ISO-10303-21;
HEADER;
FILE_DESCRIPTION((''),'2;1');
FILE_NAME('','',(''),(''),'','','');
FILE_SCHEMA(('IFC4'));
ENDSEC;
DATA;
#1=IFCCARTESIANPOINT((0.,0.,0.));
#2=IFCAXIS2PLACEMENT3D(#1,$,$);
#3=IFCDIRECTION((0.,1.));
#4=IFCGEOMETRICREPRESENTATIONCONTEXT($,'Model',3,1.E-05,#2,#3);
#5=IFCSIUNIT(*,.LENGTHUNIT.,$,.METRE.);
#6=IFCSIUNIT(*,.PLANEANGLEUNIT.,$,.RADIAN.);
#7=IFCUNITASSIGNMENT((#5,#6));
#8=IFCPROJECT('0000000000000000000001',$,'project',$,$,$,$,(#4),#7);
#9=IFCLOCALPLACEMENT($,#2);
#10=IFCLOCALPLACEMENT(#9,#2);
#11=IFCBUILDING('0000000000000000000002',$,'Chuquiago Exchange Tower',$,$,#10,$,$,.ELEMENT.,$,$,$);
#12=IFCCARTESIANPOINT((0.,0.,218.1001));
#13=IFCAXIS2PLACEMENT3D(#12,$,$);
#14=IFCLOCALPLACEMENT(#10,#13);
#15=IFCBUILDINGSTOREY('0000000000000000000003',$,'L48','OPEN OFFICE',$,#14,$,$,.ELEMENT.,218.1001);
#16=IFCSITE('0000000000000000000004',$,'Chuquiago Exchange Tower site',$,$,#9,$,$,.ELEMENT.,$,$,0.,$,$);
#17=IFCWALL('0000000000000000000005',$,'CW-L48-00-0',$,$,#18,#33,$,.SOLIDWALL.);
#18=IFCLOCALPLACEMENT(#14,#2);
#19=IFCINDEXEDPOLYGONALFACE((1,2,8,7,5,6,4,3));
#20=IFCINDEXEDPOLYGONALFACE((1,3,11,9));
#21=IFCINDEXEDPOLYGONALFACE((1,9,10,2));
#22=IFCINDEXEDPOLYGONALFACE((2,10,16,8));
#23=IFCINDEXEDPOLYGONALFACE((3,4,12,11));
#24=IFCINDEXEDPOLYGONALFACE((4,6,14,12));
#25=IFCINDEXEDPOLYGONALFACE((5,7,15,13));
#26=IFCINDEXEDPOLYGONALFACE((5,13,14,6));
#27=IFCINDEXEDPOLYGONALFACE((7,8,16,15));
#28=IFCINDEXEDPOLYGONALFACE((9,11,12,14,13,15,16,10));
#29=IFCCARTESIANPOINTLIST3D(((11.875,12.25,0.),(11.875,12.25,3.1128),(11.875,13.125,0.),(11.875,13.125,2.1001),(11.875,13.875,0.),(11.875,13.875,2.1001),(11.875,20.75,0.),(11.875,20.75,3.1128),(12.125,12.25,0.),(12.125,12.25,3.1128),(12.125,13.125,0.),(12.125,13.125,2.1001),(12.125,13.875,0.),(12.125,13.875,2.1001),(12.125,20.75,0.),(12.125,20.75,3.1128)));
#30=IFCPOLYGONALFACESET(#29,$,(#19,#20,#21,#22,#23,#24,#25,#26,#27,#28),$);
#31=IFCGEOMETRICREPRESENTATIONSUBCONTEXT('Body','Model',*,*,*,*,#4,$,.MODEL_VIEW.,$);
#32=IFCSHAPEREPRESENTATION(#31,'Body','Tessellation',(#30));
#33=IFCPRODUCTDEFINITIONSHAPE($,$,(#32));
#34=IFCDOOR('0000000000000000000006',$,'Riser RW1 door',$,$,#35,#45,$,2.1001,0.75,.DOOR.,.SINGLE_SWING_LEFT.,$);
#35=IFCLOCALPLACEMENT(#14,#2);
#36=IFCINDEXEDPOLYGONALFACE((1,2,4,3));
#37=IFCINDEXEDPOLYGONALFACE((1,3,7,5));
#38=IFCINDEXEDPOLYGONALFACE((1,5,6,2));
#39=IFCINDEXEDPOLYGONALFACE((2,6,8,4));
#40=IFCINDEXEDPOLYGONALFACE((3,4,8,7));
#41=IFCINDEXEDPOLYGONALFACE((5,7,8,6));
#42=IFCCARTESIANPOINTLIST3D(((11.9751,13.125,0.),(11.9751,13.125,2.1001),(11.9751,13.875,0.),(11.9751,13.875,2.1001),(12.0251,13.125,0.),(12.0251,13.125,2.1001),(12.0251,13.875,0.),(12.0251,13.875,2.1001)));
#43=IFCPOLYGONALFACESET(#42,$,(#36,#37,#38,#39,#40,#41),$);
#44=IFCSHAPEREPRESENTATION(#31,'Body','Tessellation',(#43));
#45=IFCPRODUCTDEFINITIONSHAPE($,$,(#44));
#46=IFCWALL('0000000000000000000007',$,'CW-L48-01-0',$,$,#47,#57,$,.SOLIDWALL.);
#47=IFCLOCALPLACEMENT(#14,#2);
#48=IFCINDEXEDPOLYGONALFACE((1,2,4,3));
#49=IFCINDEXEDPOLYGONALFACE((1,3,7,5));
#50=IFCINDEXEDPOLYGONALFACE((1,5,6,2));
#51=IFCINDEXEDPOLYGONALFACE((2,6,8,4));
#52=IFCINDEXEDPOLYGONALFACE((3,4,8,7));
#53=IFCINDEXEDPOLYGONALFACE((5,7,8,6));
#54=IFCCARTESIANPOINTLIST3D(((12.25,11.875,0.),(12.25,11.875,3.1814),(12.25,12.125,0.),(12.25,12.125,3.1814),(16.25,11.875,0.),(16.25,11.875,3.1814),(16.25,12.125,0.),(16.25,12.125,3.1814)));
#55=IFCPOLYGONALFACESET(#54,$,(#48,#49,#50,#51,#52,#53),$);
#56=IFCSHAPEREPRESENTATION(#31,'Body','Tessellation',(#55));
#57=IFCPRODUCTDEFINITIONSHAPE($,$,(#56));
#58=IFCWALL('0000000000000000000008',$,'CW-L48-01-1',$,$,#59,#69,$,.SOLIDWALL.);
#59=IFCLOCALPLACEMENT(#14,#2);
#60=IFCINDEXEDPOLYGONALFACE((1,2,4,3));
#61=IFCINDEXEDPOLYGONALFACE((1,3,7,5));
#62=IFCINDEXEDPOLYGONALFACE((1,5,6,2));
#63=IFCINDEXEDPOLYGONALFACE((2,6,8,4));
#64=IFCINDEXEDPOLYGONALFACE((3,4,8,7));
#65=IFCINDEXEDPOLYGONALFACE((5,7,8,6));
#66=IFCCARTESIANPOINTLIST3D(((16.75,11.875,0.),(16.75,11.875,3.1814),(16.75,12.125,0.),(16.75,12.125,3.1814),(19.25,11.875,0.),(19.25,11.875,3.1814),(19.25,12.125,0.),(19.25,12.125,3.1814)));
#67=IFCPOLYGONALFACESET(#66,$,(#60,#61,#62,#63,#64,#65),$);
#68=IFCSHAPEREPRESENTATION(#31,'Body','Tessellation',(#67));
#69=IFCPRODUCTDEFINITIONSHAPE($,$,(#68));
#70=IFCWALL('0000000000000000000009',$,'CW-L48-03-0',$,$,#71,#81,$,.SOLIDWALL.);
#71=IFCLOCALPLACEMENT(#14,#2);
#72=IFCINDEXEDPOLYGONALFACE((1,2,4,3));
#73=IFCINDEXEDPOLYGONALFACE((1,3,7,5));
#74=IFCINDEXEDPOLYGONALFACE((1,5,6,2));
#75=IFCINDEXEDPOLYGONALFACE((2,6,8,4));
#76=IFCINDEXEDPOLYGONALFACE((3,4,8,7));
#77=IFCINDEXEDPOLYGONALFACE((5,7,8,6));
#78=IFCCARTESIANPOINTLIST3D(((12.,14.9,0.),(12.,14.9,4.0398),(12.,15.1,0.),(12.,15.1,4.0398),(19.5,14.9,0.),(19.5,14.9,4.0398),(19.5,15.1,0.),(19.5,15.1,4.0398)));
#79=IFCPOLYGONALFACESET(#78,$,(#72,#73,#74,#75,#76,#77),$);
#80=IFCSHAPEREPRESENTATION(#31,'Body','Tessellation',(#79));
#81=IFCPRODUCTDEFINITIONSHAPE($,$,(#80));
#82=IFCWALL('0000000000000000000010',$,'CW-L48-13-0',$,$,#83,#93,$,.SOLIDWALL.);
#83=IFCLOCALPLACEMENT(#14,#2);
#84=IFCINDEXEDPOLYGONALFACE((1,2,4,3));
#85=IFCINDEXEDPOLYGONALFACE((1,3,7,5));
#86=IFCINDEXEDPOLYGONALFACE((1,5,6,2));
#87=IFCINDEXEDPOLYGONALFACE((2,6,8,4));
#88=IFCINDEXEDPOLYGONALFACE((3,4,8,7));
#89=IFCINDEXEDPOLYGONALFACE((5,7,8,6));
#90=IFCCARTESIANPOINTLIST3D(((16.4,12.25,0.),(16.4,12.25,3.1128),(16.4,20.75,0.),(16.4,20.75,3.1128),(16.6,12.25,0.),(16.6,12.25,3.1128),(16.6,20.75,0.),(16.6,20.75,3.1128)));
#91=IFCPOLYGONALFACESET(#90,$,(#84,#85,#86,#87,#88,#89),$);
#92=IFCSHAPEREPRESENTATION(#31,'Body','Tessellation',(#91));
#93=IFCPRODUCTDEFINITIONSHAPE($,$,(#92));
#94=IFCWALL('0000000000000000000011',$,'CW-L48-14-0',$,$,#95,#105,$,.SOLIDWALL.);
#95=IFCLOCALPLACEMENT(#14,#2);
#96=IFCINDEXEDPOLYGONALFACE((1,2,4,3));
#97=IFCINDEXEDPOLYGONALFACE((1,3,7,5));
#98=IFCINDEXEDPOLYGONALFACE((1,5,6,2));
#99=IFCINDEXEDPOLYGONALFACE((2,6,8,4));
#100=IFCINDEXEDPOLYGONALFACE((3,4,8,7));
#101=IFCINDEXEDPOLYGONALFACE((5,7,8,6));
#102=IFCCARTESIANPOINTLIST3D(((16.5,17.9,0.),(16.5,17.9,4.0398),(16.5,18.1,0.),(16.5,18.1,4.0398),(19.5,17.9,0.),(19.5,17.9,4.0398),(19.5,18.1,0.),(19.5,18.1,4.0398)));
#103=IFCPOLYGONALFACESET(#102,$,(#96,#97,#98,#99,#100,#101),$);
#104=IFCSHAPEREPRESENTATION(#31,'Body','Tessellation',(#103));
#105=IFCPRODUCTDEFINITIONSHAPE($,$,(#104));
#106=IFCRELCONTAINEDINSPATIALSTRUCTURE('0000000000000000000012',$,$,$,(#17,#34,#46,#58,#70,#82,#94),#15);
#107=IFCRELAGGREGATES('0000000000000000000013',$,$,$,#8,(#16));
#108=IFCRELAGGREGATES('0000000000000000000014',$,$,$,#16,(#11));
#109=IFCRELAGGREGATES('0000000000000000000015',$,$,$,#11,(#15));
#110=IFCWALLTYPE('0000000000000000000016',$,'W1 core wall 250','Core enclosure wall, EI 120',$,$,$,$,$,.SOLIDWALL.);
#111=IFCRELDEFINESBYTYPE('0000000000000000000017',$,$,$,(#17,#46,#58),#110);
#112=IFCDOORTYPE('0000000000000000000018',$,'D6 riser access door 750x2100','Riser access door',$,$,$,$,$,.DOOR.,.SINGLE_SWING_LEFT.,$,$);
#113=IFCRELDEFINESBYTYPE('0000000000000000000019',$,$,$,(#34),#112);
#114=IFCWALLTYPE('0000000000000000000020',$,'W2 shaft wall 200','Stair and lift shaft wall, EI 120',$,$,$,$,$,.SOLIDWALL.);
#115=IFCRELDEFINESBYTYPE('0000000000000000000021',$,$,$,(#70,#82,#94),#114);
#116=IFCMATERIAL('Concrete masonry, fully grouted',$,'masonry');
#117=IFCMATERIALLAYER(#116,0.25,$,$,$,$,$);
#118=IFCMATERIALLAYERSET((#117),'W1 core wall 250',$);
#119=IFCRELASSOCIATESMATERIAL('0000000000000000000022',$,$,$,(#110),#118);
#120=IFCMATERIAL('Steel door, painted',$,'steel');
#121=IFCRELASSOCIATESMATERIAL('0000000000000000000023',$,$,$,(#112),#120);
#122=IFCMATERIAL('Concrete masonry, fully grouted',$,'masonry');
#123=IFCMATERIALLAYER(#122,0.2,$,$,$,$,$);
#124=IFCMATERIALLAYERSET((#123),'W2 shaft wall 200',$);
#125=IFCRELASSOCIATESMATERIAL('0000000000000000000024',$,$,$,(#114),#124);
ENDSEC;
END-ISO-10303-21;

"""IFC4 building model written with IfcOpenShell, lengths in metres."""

from ifc_helpers import new_model, si_unit, direction, frame, frame_2d, origin, place, context, subcontext, project, spatial, rectangle, extrude, material, layer, layer_set, type_object, element, fill, save


model = new_model("IFC4")

# Units and contexts
model_context = context("Model", 3, precision=1e-05, world=origin(), true_north=direction((0.0, 1.0)))
body_context = subcontext(model_context, "Body", "Model", "MODEL_VIEW")
ifc_project = project(units=[si_unit("LENGTHUNIT", "METRE"), si_unit("PLANEANGLEUNIT", "RADIAN")], contexts=[model_context])

# Site, building, storey
site_placement = place(None, origin())
site = spatial("IfcSite", under=ifc_project, at=site_placement, Name="Chuquiago Exchange Tower site", CompositionType="ELEMENT", RefElevation=0.0)
building_placement = place(site_placement, origin())
building = spatial("IfcBuilding", under=site, at=building_placement, Name="Chuquiago Exchange Tower", CompositionType="ELEMENT")
storey_placement = place(building_placement, frame((0.0, 0.0, 218.1001)))
storey = spatial("IfcBuildingStorey", under=building, at=storey_placement, Name="L48", Description="OPEN OFFICE", CompositionType="ELEMENT", Elevation=218.1001)

# Wall, opening, door
ifc_material_1 = material(Name="Concrete masonry, fully grouted", Category="masonry")
ifc_layer_1 = layer(ifc_material_1, 0.25)
ifc_layer_set_1 = layer_set([ifc_layer_1], Name="W1 core wall 250")
wall_type_1 = type_object("IfcWallType", Name="W1 core wall 250", Description="Core enclosure wall, EI 120", PredefinedType="SOLIDWALL", material=ifc_layer_set_1)
wall_1_placement = place(storey_placement, frame((12.0, 12.25, 0.0), z_axis=(0.0, 0.0, 1.0), x_axis=(0.0, 1.0, 0.0)))
wall_1 = element("IfcWall", 1, at=wall_1_placement, inside=storey, type_object=wall_type_1, Name="CW-L48-00-0", PredefinedType="SOLIDWALL", context=body_context, shape_type="SweptSolid", body=[
    extrude(rectangle(XDim=8.5, YDim=0.25, at=frame_2d((4.25, 0.0))), origin(), (0.0, 0.0, 1.0), 3.1128),
])
opening_placement = place(wall_1_placement, frame((0.875, 0.0, 0.0)))
opening = element("IfcOpeningElement", 2, at=opening_placement, cuts=wall_1, PredefinedType="OPENING", context=body_context, shape_type="SweptSolid", body=[
    extrude(rectangle(XDim=0.75, YDim=2.1001, at=frame_2d((0.375, 1.05))), frame((0.0, 0.135, 0.0), z_axis=(0.0, -1.0, 0.0), x_axis=(1.0, 0.0, 0.0)), (0.0, 0.0, 1.0), 0.27),
])
ifc_material_2 = material(Name="Steel door, painted", Category="steel")
door_type = type_object("IfcDoorType", Name="D6 riser access door 750x2100", Description="Riser access door", OperationType="SINGLE_SWING_LEFT", PredefinedType="DOOR", material=ifc_material_2)
door_placement = place(opening_placement, origin())
door = element("IfcDoor", 3, at=door_placement, inside=storey, type_object=door_type, Name="Riser RW1 door", OperationType="SINGLE_SWING_LEFT", OverallHeight=2.1001, OverallWidth=0.75, PredefinedType="DOOR", context=body_context, shape_type="SweptSolid", body=[
    extrude(rectangle(XDim=0.75, YDim=2.1001, at=frame_2d((0.375, 1.05))), frame((0.0, 0.0249, 0.0), z_axis=(0.0, -1.0, 0.0), x_axis=(1.0, 0.0, 0.0)), (0.0, 0.0, 1.0), 0.05),
])
fill(opening, door)

# Walls
wall_2_placement = place(storey_placement, frame((12.25, 12.0, 0.0), z_axis=(0.0, 0.0, 1.0), x_axis=(1.0, 0.0, 0.0)))
element("IfcWall", 4, at=wall_2_placement, inside=storey, type_object=wall_type_1, Name="CW-L48-01-0", PredefinedType="SOLIDWALL", context=body_context, shape_type="SweptSolid", body=[
    extrude(rectangle(XDim=4.0, YDim=0.25, at=frame_2d((2.0, 0.0))), origin(), (0.0, 0.0, 1.0), 3.1814),
])
wall_3_placement = place(storey_placement, frame((16.75, 12.0, 0.0), z_axis=(0.0, 0.0, 1.0), x_axis=(1.0, 0.0, 0.0)))
element("IfcWall", 5, at=wall_3_placement, inside=storey, type_object=wall_type_1, Name="CW-L48-01-1", PredefinedType="SOLIDWALL", context=body_context, shape_type="SweptSolid", body=[
    extrude(rectangle(XDim=2.5, YDim=0.25, at=frame_2d((1.25, 0.0))), origin(), (0.0, 0.0, 1.0), 3.1814),
])
ifc_material_3 = material(Name="Concrete masonry, fully grouted", Category="masonry")
ifc_layer_2 = layer(ifc_material_3, 0.2)
ifc_layer_set_2 = layer_set([ifc_layer_2], Name="W2 shaft wall 200")
wall_type_2 = type_object("IfcWallType", Name="W2 shaft wall 200", Description="Stair and lift shaft wall, EI 120", PredefinedType="SOLIDWALL", material=ifc_layer_set_2)
wall_4_placement = place(storey_placement, frame((12.0, 15.0, 0.0), z_axis=(0.0, 0.0, 1.0), x_axis=(1.0, 0.0, 0.0)))
element("IfcWall", 6, at=wall_4_placement, inside=storey, type_object=wall_type_2, Name="CW-L48-03-0", PredefinedType="SOLIDWALL", context=body_context, shape_type="SweptSolid", body=[
    extrude(rectangle(XDim=7.5, YDim=0.2, at=frame_2d((3.75, 0.0))), origin(), (0.0, 0.0, 1.0), 4.0398),
])
wall_5_placement = place(storey_placement, frame((16.5, 12.25, 0.0), z_axis=(0.0, 0.0, 1.0), x_axis=(0.0, 1.0, 0.0)))
element("IfcWall", 7, at=wall_5_placement, inside=storey, type_object=wall_type_2, Name="CW-L48-13-0", PredefinedType="SOLIDWALL", context=body_context, shape_type="SweptSolid", body=[
    extrude(rectangle(XDim=8.5, YDim=0.2, at=frame_2d((4.25, 0.0))), origin(), (0.0, 0.0, 1.0), 3.1128),
])
wall_6_placement = place(storey_placement, frame((16.5, 18.0, 0.0), z_axis=(0.0, 0.0, 1.0), x_axis=(1.0, 0.0, 0.0)))
element("IfcWall", 8, at=wall_6_placement, inside=storey, type_object=wall_type_2, Name="CW-L48-14-0", PredefinedType="SOLIDWALL", context=body_context, shape_type="SweptSolid", body=[
    extrude(rectangle(XDim=3.0, YDim=0.2, at=frame_2d((1.5, 0.0))), origin(), (0.0, 0.0, 1.0), 4.0398),
])

save(model, "model.ifc")
